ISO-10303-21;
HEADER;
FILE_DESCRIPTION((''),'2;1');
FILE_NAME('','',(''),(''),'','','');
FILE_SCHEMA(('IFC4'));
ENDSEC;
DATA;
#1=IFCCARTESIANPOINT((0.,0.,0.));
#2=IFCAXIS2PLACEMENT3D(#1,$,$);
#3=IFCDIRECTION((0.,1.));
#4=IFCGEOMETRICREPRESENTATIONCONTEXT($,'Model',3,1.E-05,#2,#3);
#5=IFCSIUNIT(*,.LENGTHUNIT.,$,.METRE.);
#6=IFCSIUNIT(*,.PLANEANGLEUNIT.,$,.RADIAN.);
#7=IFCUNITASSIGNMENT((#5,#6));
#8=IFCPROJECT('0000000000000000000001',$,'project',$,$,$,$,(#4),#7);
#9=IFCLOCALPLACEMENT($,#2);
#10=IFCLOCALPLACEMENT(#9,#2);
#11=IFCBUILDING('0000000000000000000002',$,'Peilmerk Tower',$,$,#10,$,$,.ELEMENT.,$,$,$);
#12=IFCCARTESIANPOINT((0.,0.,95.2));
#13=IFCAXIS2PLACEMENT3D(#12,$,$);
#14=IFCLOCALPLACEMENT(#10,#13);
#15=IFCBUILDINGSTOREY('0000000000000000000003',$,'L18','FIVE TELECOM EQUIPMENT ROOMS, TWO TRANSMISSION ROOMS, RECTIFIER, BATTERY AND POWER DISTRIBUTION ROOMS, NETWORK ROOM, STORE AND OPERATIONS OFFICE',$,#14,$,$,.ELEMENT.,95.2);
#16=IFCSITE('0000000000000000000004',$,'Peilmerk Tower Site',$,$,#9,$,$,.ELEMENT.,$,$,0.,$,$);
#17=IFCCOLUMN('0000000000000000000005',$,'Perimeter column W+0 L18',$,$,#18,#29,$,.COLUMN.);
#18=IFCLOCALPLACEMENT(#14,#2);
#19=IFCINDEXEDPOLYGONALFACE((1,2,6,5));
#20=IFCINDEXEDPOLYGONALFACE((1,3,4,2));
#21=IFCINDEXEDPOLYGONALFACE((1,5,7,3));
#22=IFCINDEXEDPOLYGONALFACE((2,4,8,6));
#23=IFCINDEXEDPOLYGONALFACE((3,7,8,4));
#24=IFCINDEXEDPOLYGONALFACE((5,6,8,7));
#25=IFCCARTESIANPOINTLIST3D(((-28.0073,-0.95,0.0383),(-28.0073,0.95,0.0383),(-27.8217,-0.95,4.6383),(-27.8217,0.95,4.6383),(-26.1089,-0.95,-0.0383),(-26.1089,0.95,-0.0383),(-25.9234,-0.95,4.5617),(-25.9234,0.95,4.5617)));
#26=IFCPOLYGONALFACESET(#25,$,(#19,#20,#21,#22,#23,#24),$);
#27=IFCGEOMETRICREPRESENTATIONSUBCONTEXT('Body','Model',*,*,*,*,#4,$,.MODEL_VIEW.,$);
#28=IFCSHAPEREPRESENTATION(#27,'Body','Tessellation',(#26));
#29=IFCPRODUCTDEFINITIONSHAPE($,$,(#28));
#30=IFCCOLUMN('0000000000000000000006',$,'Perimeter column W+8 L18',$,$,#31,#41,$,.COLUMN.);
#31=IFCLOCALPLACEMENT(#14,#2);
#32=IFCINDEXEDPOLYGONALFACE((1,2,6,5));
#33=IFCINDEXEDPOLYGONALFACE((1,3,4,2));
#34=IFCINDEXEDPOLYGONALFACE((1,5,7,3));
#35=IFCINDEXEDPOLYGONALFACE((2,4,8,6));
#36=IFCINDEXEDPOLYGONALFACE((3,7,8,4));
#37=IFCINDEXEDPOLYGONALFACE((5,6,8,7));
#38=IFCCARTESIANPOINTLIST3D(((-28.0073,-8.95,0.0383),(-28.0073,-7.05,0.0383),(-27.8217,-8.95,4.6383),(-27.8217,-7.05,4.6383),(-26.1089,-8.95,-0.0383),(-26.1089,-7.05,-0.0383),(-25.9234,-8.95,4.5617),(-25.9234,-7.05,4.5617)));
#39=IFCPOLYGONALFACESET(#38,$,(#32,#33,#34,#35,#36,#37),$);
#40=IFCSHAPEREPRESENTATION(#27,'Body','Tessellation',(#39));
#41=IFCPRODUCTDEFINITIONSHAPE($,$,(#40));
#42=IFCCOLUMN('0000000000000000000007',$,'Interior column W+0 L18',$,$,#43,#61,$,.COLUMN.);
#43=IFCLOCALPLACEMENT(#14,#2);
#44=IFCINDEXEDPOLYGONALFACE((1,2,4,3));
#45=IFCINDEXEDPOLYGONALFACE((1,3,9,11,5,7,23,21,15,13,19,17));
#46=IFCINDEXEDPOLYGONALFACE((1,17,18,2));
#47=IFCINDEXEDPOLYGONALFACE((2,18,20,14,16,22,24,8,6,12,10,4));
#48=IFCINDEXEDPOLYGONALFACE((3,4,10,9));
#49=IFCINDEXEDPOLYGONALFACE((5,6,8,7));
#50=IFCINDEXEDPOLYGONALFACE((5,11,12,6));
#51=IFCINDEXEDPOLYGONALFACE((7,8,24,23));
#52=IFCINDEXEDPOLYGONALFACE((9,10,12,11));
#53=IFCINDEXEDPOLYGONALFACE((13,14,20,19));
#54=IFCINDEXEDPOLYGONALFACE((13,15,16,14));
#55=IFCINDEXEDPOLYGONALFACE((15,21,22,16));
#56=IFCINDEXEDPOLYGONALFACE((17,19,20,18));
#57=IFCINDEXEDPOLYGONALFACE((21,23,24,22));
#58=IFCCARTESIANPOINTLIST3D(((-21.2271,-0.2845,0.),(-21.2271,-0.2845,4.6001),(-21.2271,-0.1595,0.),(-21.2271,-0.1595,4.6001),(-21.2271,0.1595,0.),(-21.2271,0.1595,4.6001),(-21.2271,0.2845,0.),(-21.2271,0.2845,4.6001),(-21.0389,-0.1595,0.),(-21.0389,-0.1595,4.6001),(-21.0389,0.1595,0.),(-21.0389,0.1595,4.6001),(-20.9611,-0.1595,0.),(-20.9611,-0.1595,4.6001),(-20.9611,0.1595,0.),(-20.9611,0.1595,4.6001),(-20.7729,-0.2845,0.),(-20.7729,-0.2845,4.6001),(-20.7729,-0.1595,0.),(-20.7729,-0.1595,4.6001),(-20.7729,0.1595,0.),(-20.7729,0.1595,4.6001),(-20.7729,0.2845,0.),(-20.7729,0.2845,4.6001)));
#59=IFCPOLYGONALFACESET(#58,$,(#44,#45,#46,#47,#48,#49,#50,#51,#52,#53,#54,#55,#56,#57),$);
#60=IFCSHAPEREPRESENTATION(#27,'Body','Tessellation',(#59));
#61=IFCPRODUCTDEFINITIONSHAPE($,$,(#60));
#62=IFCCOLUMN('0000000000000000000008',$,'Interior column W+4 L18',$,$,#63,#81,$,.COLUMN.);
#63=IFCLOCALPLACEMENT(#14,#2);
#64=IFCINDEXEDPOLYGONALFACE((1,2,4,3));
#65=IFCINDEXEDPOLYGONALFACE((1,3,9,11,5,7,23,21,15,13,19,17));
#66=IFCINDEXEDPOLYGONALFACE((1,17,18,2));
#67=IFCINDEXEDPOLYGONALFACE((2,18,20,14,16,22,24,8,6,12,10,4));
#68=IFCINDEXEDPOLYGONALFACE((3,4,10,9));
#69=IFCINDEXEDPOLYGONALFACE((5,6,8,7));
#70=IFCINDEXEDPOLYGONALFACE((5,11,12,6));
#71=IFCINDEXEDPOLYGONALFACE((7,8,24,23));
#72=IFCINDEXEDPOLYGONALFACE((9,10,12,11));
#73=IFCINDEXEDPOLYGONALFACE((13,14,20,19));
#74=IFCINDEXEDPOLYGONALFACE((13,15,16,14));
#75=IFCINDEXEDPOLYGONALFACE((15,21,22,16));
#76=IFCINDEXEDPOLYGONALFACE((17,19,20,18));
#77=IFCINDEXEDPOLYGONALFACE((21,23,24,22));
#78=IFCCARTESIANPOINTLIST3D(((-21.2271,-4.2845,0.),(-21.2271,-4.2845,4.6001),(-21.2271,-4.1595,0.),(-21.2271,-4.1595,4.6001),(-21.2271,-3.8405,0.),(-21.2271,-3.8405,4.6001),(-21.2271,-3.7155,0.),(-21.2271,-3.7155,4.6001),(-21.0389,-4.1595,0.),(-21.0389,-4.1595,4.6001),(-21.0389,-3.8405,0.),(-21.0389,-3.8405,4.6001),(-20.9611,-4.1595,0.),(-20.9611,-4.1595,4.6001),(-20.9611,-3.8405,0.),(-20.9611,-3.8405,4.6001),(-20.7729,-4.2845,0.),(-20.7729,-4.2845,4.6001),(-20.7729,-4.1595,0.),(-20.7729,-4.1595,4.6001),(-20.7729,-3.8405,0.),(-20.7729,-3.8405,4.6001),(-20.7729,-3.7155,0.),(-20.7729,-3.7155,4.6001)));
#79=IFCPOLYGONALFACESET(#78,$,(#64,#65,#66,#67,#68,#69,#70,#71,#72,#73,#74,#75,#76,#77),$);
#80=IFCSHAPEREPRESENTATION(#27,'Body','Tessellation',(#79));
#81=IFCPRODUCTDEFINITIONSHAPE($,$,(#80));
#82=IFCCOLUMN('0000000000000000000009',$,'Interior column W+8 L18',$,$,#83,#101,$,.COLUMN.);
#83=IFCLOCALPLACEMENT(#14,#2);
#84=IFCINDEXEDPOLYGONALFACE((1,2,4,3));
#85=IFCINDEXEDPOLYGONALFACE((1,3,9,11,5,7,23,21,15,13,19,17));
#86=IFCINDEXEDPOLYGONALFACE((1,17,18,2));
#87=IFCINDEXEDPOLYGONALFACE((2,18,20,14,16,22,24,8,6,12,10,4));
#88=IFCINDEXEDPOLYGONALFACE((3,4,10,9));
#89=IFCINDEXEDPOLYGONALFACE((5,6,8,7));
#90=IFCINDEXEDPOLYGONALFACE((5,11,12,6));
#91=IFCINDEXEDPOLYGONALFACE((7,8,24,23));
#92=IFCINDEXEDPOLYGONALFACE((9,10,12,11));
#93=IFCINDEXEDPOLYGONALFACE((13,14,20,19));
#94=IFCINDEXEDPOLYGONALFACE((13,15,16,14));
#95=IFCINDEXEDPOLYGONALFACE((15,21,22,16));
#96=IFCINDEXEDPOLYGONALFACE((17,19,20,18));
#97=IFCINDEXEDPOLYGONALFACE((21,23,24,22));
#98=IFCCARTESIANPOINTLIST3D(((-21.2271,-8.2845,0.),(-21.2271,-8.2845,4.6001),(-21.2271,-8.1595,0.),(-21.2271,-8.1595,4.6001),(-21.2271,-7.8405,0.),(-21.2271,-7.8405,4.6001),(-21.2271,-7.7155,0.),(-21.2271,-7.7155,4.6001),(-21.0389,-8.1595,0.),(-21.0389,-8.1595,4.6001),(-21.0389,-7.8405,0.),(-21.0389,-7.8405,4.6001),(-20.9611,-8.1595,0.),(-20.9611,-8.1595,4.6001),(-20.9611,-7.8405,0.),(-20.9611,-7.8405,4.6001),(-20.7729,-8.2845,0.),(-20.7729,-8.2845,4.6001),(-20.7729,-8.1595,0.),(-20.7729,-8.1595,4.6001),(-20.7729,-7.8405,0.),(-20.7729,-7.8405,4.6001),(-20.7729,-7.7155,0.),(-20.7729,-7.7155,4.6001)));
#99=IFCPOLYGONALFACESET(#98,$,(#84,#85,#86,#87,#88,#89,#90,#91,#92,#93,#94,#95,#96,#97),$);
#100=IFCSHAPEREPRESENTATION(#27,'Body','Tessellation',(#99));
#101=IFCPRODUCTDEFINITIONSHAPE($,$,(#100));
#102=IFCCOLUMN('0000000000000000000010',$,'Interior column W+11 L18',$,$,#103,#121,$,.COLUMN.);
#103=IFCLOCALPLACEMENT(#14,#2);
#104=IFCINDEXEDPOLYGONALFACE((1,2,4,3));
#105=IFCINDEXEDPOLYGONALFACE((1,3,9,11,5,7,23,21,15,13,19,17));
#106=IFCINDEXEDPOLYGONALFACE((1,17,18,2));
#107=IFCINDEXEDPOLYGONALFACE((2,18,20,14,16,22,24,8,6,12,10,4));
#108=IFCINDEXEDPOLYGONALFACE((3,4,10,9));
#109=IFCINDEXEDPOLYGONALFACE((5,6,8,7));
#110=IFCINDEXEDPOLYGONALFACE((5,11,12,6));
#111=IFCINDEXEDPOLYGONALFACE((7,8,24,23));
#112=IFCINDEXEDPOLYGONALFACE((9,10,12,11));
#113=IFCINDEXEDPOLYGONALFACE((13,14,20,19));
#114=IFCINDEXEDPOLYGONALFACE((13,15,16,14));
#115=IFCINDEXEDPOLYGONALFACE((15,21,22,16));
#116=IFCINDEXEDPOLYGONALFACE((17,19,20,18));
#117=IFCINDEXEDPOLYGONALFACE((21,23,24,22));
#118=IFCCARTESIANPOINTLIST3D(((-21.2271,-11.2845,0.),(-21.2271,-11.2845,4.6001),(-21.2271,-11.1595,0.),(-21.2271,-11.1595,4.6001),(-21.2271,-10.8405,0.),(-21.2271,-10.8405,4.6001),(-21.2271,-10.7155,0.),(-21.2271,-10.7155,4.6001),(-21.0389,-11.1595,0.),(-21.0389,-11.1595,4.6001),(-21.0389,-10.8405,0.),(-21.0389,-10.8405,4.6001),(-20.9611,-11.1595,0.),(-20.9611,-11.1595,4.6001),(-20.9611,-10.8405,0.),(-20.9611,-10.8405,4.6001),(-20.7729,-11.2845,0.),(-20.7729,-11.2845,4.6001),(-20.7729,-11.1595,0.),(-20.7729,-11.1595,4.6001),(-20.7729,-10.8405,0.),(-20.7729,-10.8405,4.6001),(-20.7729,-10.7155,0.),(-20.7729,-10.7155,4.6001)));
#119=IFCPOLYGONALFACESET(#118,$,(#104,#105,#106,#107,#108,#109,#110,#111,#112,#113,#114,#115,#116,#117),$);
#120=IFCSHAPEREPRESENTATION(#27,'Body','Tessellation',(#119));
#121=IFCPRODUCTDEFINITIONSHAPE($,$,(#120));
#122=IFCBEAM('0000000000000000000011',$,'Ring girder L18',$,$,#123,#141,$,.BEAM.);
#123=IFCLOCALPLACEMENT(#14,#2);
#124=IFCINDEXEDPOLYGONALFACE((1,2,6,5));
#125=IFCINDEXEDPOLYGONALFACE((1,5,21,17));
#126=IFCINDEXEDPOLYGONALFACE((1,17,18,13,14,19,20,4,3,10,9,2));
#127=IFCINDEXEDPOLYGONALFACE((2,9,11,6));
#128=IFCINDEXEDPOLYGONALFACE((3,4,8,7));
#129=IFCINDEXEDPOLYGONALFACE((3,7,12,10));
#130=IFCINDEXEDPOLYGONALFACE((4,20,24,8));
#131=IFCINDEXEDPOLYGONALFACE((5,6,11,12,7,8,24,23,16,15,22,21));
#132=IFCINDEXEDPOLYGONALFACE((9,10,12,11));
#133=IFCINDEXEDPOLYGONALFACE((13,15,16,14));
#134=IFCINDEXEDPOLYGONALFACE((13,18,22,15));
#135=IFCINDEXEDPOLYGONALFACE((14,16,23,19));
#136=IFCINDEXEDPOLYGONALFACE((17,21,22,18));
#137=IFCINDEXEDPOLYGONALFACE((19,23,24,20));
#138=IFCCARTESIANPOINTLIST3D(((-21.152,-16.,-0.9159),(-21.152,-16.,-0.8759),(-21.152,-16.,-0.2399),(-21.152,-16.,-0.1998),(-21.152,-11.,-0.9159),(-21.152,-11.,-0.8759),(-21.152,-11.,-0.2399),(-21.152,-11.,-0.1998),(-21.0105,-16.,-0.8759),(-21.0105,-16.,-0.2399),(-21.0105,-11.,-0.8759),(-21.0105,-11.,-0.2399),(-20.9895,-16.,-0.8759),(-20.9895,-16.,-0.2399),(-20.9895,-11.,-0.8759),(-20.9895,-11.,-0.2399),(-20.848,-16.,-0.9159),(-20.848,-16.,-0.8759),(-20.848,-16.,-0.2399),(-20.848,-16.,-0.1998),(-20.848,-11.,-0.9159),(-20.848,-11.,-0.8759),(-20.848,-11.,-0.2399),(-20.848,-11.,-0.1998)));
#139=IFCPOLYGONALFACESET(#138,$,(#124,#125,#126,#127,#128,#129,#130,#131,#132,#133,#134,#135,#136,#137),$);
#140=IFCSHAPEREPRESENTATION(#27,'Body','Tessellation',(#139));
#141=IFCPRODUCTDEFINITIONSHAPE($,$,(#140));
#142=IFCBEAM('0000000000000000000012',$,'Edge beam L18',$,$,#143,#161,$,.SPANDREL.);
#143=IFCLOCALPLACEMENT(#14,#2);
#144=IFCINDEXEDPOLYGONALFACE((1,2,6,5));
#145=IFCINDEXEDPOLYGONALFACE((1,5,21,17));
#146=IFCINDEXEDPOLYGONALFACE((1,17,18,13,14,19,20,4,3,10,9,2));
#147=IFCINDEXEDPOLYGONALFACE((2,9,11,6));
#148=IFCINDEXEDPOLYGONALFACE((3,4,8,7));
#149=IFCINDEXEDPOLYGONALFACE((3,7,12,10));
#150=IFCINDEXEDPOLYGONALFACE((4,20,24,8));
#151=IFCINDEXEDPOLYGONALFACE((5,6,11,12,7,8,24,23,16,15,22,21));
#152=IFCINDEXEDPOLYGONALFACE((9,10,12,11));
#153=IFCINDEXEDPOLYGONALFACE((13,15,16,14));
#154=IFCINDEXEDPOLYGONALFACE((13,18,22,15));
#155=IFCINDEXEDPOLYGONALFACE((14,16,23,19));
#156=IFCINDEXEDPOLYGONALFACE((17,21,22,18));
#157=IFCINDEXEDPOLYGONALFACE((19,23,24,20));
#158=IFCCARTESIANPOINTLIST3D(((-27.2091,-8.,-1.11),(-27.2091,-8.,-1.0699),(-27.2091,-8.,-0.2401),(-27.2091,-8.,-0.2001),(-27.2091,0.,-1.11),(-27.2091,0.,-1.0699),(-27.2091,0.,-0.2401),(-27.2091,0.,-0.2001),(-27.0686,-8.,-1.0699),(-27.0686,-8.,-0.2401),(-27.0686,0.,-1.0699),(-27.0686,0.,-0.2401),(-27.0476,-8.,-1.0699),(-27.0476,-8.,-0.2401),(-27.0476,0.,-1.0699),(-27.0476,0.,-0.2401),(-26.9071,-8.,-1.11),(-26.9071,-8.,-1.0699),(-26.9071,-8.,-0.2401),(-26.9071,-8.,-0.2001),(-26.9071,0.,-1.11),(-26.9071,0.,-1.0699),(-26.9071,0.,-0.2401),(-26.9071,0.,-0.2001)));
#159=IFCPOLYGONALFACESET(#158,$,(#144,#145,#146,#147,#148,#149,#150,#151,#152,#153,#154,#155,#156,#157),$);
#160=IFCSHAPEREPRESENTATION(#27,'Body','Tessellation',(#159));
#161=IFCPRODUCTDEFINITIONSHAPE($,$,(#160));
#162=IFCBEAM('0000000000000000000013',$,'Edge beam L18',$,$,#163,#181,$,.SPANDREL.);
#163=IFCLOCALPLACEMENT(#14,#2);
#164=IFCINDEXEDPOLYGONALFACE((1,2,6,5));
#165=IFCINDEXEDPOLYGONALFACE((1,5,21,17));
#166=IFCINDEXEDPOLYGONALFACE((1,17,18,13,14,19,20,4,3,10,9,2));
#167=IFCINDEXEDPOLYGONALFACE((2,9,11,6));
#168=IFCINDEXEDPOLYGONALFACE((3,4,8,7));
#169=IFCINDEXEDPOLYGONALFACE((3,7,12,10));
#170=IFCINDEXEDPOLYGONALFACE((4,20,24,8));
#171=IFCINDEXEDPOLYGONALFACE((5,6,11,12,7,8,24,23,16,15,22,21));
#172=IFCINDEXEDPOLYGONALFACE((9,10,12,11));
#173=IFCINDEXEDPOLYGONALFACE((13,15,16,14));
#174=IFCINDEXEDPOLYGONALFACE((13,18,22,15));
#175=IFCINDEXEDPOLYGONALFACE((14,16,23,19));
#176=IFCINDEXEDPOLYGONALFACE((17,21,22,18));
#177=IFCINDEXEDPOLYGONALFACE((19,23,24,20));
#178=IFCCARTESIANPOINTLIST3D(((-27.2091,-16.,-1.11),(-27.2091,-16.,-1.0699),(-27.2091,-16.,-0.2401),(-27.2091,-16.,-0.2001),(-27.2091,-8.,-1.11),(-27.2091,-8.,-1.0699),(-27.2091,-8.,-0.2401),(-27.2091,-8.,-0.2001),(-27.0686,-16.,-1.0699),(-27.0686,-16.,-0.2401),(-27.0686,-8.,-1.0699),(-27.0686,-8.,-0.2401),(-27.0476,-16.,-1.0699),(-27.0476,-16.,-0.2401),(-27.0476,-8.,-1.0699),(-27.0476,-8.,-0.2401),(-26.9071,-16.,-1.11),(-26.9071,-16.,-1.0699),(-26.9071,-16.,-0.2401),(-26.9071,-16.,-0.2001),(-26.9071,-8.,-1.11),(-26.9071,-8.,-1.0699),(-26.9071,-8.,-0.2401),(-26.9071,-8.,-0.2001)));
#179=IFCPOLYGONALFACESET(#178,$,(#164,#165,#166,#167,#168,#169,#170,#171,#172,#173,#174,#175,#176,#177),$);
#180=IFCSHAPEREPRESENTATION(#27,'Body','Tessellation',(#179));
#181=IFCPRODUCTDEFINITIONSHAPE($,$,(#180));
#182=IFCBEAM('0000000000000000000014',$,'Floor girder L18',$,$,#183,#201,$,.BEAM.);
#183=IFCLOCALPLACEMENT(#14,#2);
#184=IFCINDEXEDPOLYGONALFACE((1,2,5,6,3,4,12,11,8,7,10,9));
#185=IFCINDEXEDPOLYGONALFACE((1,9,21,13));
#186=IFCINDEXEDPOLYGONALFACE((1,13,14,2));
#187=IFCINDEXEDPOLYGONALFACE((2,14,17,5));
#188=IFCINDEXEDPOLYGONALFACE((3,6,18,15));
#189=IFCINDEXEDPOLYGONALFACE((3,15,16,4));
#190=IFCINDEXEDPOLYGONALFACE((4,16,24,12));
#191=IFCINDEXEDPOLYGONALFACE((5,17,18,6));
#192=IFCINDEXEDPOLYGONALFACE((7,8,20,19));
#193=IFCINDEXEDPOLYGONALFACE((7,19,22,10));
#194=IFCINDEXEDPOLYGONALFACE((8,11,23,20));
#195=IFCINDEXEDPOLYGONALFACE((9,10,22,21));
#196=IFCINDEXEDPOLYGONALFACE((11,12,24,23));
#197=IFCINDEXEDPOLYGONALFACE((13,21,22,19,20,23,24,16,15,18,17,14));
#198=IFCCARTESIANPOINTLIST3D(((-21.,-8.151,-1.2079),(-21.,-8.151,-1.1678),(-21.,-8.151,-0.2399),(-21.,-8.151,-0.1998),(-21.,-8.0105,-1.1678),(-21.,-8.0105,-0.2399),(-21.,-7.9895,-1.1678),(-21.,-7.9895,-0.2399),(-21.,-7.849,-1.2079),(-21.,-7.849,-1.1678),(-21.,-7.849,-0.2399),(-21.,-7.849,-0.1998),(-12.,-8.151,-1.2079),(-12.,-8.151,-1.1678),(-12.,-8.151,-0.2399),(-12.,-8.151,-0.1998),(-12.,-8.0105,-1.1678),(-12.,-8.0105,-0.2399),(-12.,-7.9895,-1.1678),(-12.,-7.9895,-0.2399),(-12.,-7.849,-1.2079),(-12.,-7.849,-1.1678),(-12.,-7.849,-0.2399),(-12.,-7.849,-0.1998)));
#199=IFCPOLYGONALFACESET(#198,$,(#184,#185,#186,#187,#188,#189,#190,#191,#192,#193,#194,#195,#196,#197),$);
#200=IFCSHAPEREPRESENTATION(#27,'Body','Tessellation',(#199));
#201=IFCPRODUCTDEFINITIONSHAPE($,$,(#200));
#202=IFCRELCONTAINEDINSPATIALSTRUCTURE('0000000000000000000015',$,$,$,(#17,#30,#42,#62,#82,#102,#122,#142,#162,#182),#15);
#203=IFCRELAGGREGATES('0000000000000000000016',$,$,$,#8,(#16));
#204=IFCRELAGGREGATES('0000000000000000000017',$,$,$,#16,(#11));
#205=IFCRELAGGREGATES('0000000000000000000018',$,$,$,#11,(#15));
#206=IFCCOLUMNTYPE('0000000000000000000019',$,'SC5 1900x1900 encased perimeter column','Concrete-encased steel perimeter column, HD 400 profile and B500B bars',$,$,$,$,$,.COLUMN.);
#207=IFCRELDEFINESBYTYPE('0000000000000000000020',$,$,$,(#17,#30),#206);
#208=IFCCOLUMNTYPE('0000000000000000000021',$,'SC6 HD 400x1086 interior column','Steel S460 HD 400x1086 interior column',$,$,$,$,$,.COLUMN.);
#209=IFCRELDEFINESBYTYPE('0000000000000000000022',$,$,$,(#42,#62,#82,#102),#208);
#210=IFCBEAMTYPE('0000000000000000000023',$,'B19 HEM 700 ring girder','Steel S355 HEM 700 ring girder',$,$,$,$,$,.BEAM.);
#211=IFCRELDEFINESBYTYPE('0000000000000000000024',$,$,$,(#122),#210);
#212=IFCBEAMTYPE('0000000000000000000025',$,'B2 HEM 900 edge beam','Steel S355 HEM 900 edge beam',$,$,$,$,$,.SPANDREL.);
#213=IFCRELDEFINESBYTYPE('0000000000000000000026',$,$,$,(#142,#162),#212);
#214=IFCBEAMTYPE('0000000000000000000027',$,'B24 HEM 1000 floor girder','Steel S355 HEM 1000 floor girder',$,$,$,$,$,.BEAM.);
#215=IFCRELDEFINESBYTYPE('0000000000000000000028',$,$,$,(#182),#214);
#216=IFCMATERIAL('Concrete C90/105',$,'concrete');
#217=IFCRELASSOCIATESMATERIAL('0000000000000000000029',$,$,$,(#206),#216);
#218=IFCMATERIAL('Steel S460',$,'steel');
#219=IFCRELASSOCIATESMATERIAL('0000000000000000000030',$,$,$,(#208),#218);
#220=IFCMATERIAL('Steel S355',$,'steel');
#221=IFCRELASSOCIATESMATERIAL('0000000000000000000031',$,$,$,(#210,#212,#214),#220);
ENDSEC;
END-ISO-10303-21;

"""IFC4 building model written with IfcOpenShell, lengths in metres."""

from ifc_helpers import new_model, si_unit, direction, frame, origin, origin_2d, place, context, subcontext, project, spatial, rectangle, i_section, extrude, material, material_profile, profile_set, type_object, element, save


model = new_model("IFC4")

# Units and contexts
model_context = context("Model", 3, precision=1e-05, world=origin(), true_north=direction((0.0, 1.0)))
body_context = subcontext(model_context, "Body", "Model", "MODEL_VIEW")
ifc_project = project(units=[si_unit("LENGTHUNIT", "METRE"), si_unit("PLANEANGLEUNIT", "RADIAN")], contexts=[model_context])

# Site, building, storey
site_placement = place(None, origin())
site = spatial("IfcSite", under=ifc_project, at=site_placement, Name="Peilmerk Tower Site", CompositionType="ELEMENT", RefElevation=0.0)
building_placement = place(site_placement, origin())
building = spatial("IfcBuilding", under=site, at=building_placement, Name="Peilmerk Tower", CompositionType="ELEMENT")
storey_placement = place(building_placement, frame((0.0, 0.0, 95.2)))
storey = spatial("IfcBuildingStorey", under=building, at=storey_placement, Name="L18", Description="FIVE TELECOM EQUIPMENT ROOMS, TWO TRANSMISSION ROOMS, RECTIFIER, BATTERY AND POWER DISTRIBUTION ROOMS, NETWORK ROOM, STORE AND OPERATIONS OFFICE", CompositionType="ELEMENT", Elevation=95.2)

# Columns
ifc_material_1 = material(Name="Concrete C90/105", Category="concrete")
ifc_material_profile_1 = material_profile(ifc_material_1, rectangle(XDim=1.8999, YDim=1.8999, at=origin_2d()), Name="RC 1900x1900")
ifc_profile_set_1 = profile_set([ifc_material_profile_1], Name="Concrete C90/105")
column_type_1 = type_object("IfcColumnType", Name="SC5 1900x1900 encased perimeter column", Description="Concrete-encased steel perimeter column, HD 400 profile and B500B bars", PredefinedType="COLUMN", material=ifc_profile_set_1)
for number, where, z_axis, x_axis, name in (
    (1, (-27.0581, 0.0, 0.0), (0.040303, 0.0, 0.999188), (0.0, 1.0, 0.0), "Perimeter column W+0 L18"),
    (2, (-27.0581, -8.0, 0.0), (0.040303, 0.0, 0.999188), (0.0, 1.0, 0.0), "Perimeter column W+8 L18"),
):
    element("IfcColumn", number, at=place(storey_placement, frame(where, z_axis=z_axis, x_axis=x_axis)), inside=storey, type_object=column_type_1, Name=name, PredefinedType="COLUMN", context=body_context, shape_type="SweptSolid", body=[
        extrude(rectangle(XDim=1.8999, YDim=1.8999, at=origin_2d()), origin(), (0.0, 0.0, 1.0), 4.6038),
    ])
ifc_material_2 = material(Name="Steel S460", Category="steel")
ifc_material_profile_2 = material_profile(ifc_material_2, i_section(OverallWidth=0.4541, OverallDepth=0.5691, WebThickness=0.0779, FlangeThickness=0.125, at=origin_2d()), Name="HD 400x1086")
ifc_profile_set_2 = profile_set([ifc_material_profile_2], Name="Steel S460")
column_type_2 = type_object("IfcColumnType", Name="SC6 HD 400x1086 interior column", Description="Steel S460 HD 400x1086 interior column", PredefinedType="COLUMN", material=ifc_profile_set_2)
for number, where, z_axis, x_axis, name in (
    (3, (-21.0, 0.0, 0.0), (0.0, 0.0, 1.0), (1.0, 0.0, 0.0), "Interior column W+0 L18"),
    (4, (-21.0, -4.0, 0.0), (0.0, 0.0, 1.0), (1.0, 0.0, 0.0), "Interior column W+4 L18"),
    (5, (-21.0, -8.0, 0.0), (0.0, 0.0, 1.0), (1.0, 0.0, 0.0), "Interior column W+8 L18"),
    (6, (-21.0, -11.0, 0.0), (0.0, 0.0, 1.0), (1.0, 0.0, 0.0), "Interior column W+11 L18"),
):
    element("IfcColumn", number, at=place(storey_placement, frame(where, z_axis=z_axis, x_axis=x_axis)), inside=storey, type_object=column_type_2, Name=name, PredefinedType="COLUMN", context=body_context, shape_type="SweptSolid", body=[
        extrude(i_section(OverallWidth=0.4541, OverallDepth=0.5691, WebThickness=0.0779, FlangeThickness=0.125, at=origin_2d()), origin(), (0.0, 0.0, 1.0), 4.6001),
    ])

# Beams
ifc_material_3 = material(Name="Steel S355", Category="steel")
ifc_material_profile_3 = material_profile(ifc_material_3, i_section(OverallWidth=0.304, OverallDepth=0.7161, WebThickness=0.021, FlangeThickness=0.04, at=origin_2d()), Name="HEM 700")
ifc_profile_set_3 = profile_set([ifc_material_profile_3], Name="Steel S355")
beam_type_1 = type_object("IfcBeamType", Name="B19 HEM 700 ring girder", Description="Steel S355 HEM 700 ring girder", PredefinedType="BEAM", material=ifc_profile_set_3)
beam_1_placement = place(storey_placement, frame((-21.0, -11.0, -0.5579), z_axis=(0.0, -1.0, 0.0), x_axis=(1.0, 0.0, 0.0)))
element("IfcBeam", 7, at=beam_1_placement, inside=storey, type_object=beam_type_1, Name="Ring girder L18", PredefinedType="BEAM", context=body_context, shape_type="SweptSolid", body=[
    extrude(i_section(OverallWidth=0.304, OverallDepth=0.7161, WebThickness=0.021, FlangeThickness=0.04, at=origin_2d()), origin(), (0.0, 0.0, 1.0), 5.0),
])
ifc_material_profile_4 = material_profile(ifc_material_3, i_section(OverallWidth=0.302, OverallDepth=0.9099, WebThickness=0.021, FlangeThickness=0.04, at=origin_2d()), Name="HEM 900")
ifc_profile_set_4 = profile_set([ifc_material_profile_4], Name="Steel S355")
beam_type_2 = type_object("IfcBeamType", Name="B2 HEM 900 edge beam", Description="Steel S355 HEM 900 edge beam", PredefinedType="SPANDREL", material=ifc_profile_set_4)
for number, where, z_axis, x_axis, name in (
    (8, (-27.0581, 0.0, -0.655), (0.0, -1.0, 0.0), (1.0, 0.0, 0.0), "Edge beam L18"),
    (9, (-27.0581, -8.0, -0.655), (0.0, -1.0, 0.0), (1.0, 0.0, 0.0), "Edge beam L18"),
):
    element("IfcBeam", number, at=place(storey_placement, frame(where, z_axis=z_axis, x_axis=x_axis)), inside=storey, type_object=beam_type_2, Name=name, PredefinedType="SPANDREL", context=body_context, shape_type="SweptSolid", body=[
        extrude(i_section(OverallWidth=0.302, OverallDepth=0.9099, WebThickness=0.021, FlangeThickness=0.04, at=origin_2d()), origin(), (0.0, 0.0, 1.0), 8.0),
    ])
ifc_material_profile_5 = material_profile(ifc_material_3, i_section(OverallWidth=0.302, OverallDepth=1.0081, WebThickness=0.021, FlangeThickness=0.04, at=origin_2d()), Name="HEM 1000")
ifc_profile_set_5 = profile_set([ifc_material_profile_5], Name="Steel S355")
beam_type_3 = type_object("IfcBeamType", Name="B24 HEM 1000 floor girder", Description="Steel S355 HEM 1000 floor girder", PredefinedType="BEAM", material=ifc_profile_set_5)
beam_2_placement = place(storey_placement, frame((-12.0, -8.0, -0.7039), z_axis=(-1.0, 0.0, 0.0), x_axis=(0.0, -1.0, 0.0)))
element("IfcBeam", 10, at=beam_2_placement, inside=storey, type_object=beam_type_3, Name="Floor girder L18", PredefinedType="BEAM", context=body_context, shape_type="SweptSolid", body=[
    extrude(i_section(OverallWidth=0.302, OverallDepth=1.0081, WebThickness=0.021, FlangeThickness=0.04, at=origin_2d()), origin(), (0.0, 0.0, 1.0), 9.0),
])

save(model, "model.ifc")
